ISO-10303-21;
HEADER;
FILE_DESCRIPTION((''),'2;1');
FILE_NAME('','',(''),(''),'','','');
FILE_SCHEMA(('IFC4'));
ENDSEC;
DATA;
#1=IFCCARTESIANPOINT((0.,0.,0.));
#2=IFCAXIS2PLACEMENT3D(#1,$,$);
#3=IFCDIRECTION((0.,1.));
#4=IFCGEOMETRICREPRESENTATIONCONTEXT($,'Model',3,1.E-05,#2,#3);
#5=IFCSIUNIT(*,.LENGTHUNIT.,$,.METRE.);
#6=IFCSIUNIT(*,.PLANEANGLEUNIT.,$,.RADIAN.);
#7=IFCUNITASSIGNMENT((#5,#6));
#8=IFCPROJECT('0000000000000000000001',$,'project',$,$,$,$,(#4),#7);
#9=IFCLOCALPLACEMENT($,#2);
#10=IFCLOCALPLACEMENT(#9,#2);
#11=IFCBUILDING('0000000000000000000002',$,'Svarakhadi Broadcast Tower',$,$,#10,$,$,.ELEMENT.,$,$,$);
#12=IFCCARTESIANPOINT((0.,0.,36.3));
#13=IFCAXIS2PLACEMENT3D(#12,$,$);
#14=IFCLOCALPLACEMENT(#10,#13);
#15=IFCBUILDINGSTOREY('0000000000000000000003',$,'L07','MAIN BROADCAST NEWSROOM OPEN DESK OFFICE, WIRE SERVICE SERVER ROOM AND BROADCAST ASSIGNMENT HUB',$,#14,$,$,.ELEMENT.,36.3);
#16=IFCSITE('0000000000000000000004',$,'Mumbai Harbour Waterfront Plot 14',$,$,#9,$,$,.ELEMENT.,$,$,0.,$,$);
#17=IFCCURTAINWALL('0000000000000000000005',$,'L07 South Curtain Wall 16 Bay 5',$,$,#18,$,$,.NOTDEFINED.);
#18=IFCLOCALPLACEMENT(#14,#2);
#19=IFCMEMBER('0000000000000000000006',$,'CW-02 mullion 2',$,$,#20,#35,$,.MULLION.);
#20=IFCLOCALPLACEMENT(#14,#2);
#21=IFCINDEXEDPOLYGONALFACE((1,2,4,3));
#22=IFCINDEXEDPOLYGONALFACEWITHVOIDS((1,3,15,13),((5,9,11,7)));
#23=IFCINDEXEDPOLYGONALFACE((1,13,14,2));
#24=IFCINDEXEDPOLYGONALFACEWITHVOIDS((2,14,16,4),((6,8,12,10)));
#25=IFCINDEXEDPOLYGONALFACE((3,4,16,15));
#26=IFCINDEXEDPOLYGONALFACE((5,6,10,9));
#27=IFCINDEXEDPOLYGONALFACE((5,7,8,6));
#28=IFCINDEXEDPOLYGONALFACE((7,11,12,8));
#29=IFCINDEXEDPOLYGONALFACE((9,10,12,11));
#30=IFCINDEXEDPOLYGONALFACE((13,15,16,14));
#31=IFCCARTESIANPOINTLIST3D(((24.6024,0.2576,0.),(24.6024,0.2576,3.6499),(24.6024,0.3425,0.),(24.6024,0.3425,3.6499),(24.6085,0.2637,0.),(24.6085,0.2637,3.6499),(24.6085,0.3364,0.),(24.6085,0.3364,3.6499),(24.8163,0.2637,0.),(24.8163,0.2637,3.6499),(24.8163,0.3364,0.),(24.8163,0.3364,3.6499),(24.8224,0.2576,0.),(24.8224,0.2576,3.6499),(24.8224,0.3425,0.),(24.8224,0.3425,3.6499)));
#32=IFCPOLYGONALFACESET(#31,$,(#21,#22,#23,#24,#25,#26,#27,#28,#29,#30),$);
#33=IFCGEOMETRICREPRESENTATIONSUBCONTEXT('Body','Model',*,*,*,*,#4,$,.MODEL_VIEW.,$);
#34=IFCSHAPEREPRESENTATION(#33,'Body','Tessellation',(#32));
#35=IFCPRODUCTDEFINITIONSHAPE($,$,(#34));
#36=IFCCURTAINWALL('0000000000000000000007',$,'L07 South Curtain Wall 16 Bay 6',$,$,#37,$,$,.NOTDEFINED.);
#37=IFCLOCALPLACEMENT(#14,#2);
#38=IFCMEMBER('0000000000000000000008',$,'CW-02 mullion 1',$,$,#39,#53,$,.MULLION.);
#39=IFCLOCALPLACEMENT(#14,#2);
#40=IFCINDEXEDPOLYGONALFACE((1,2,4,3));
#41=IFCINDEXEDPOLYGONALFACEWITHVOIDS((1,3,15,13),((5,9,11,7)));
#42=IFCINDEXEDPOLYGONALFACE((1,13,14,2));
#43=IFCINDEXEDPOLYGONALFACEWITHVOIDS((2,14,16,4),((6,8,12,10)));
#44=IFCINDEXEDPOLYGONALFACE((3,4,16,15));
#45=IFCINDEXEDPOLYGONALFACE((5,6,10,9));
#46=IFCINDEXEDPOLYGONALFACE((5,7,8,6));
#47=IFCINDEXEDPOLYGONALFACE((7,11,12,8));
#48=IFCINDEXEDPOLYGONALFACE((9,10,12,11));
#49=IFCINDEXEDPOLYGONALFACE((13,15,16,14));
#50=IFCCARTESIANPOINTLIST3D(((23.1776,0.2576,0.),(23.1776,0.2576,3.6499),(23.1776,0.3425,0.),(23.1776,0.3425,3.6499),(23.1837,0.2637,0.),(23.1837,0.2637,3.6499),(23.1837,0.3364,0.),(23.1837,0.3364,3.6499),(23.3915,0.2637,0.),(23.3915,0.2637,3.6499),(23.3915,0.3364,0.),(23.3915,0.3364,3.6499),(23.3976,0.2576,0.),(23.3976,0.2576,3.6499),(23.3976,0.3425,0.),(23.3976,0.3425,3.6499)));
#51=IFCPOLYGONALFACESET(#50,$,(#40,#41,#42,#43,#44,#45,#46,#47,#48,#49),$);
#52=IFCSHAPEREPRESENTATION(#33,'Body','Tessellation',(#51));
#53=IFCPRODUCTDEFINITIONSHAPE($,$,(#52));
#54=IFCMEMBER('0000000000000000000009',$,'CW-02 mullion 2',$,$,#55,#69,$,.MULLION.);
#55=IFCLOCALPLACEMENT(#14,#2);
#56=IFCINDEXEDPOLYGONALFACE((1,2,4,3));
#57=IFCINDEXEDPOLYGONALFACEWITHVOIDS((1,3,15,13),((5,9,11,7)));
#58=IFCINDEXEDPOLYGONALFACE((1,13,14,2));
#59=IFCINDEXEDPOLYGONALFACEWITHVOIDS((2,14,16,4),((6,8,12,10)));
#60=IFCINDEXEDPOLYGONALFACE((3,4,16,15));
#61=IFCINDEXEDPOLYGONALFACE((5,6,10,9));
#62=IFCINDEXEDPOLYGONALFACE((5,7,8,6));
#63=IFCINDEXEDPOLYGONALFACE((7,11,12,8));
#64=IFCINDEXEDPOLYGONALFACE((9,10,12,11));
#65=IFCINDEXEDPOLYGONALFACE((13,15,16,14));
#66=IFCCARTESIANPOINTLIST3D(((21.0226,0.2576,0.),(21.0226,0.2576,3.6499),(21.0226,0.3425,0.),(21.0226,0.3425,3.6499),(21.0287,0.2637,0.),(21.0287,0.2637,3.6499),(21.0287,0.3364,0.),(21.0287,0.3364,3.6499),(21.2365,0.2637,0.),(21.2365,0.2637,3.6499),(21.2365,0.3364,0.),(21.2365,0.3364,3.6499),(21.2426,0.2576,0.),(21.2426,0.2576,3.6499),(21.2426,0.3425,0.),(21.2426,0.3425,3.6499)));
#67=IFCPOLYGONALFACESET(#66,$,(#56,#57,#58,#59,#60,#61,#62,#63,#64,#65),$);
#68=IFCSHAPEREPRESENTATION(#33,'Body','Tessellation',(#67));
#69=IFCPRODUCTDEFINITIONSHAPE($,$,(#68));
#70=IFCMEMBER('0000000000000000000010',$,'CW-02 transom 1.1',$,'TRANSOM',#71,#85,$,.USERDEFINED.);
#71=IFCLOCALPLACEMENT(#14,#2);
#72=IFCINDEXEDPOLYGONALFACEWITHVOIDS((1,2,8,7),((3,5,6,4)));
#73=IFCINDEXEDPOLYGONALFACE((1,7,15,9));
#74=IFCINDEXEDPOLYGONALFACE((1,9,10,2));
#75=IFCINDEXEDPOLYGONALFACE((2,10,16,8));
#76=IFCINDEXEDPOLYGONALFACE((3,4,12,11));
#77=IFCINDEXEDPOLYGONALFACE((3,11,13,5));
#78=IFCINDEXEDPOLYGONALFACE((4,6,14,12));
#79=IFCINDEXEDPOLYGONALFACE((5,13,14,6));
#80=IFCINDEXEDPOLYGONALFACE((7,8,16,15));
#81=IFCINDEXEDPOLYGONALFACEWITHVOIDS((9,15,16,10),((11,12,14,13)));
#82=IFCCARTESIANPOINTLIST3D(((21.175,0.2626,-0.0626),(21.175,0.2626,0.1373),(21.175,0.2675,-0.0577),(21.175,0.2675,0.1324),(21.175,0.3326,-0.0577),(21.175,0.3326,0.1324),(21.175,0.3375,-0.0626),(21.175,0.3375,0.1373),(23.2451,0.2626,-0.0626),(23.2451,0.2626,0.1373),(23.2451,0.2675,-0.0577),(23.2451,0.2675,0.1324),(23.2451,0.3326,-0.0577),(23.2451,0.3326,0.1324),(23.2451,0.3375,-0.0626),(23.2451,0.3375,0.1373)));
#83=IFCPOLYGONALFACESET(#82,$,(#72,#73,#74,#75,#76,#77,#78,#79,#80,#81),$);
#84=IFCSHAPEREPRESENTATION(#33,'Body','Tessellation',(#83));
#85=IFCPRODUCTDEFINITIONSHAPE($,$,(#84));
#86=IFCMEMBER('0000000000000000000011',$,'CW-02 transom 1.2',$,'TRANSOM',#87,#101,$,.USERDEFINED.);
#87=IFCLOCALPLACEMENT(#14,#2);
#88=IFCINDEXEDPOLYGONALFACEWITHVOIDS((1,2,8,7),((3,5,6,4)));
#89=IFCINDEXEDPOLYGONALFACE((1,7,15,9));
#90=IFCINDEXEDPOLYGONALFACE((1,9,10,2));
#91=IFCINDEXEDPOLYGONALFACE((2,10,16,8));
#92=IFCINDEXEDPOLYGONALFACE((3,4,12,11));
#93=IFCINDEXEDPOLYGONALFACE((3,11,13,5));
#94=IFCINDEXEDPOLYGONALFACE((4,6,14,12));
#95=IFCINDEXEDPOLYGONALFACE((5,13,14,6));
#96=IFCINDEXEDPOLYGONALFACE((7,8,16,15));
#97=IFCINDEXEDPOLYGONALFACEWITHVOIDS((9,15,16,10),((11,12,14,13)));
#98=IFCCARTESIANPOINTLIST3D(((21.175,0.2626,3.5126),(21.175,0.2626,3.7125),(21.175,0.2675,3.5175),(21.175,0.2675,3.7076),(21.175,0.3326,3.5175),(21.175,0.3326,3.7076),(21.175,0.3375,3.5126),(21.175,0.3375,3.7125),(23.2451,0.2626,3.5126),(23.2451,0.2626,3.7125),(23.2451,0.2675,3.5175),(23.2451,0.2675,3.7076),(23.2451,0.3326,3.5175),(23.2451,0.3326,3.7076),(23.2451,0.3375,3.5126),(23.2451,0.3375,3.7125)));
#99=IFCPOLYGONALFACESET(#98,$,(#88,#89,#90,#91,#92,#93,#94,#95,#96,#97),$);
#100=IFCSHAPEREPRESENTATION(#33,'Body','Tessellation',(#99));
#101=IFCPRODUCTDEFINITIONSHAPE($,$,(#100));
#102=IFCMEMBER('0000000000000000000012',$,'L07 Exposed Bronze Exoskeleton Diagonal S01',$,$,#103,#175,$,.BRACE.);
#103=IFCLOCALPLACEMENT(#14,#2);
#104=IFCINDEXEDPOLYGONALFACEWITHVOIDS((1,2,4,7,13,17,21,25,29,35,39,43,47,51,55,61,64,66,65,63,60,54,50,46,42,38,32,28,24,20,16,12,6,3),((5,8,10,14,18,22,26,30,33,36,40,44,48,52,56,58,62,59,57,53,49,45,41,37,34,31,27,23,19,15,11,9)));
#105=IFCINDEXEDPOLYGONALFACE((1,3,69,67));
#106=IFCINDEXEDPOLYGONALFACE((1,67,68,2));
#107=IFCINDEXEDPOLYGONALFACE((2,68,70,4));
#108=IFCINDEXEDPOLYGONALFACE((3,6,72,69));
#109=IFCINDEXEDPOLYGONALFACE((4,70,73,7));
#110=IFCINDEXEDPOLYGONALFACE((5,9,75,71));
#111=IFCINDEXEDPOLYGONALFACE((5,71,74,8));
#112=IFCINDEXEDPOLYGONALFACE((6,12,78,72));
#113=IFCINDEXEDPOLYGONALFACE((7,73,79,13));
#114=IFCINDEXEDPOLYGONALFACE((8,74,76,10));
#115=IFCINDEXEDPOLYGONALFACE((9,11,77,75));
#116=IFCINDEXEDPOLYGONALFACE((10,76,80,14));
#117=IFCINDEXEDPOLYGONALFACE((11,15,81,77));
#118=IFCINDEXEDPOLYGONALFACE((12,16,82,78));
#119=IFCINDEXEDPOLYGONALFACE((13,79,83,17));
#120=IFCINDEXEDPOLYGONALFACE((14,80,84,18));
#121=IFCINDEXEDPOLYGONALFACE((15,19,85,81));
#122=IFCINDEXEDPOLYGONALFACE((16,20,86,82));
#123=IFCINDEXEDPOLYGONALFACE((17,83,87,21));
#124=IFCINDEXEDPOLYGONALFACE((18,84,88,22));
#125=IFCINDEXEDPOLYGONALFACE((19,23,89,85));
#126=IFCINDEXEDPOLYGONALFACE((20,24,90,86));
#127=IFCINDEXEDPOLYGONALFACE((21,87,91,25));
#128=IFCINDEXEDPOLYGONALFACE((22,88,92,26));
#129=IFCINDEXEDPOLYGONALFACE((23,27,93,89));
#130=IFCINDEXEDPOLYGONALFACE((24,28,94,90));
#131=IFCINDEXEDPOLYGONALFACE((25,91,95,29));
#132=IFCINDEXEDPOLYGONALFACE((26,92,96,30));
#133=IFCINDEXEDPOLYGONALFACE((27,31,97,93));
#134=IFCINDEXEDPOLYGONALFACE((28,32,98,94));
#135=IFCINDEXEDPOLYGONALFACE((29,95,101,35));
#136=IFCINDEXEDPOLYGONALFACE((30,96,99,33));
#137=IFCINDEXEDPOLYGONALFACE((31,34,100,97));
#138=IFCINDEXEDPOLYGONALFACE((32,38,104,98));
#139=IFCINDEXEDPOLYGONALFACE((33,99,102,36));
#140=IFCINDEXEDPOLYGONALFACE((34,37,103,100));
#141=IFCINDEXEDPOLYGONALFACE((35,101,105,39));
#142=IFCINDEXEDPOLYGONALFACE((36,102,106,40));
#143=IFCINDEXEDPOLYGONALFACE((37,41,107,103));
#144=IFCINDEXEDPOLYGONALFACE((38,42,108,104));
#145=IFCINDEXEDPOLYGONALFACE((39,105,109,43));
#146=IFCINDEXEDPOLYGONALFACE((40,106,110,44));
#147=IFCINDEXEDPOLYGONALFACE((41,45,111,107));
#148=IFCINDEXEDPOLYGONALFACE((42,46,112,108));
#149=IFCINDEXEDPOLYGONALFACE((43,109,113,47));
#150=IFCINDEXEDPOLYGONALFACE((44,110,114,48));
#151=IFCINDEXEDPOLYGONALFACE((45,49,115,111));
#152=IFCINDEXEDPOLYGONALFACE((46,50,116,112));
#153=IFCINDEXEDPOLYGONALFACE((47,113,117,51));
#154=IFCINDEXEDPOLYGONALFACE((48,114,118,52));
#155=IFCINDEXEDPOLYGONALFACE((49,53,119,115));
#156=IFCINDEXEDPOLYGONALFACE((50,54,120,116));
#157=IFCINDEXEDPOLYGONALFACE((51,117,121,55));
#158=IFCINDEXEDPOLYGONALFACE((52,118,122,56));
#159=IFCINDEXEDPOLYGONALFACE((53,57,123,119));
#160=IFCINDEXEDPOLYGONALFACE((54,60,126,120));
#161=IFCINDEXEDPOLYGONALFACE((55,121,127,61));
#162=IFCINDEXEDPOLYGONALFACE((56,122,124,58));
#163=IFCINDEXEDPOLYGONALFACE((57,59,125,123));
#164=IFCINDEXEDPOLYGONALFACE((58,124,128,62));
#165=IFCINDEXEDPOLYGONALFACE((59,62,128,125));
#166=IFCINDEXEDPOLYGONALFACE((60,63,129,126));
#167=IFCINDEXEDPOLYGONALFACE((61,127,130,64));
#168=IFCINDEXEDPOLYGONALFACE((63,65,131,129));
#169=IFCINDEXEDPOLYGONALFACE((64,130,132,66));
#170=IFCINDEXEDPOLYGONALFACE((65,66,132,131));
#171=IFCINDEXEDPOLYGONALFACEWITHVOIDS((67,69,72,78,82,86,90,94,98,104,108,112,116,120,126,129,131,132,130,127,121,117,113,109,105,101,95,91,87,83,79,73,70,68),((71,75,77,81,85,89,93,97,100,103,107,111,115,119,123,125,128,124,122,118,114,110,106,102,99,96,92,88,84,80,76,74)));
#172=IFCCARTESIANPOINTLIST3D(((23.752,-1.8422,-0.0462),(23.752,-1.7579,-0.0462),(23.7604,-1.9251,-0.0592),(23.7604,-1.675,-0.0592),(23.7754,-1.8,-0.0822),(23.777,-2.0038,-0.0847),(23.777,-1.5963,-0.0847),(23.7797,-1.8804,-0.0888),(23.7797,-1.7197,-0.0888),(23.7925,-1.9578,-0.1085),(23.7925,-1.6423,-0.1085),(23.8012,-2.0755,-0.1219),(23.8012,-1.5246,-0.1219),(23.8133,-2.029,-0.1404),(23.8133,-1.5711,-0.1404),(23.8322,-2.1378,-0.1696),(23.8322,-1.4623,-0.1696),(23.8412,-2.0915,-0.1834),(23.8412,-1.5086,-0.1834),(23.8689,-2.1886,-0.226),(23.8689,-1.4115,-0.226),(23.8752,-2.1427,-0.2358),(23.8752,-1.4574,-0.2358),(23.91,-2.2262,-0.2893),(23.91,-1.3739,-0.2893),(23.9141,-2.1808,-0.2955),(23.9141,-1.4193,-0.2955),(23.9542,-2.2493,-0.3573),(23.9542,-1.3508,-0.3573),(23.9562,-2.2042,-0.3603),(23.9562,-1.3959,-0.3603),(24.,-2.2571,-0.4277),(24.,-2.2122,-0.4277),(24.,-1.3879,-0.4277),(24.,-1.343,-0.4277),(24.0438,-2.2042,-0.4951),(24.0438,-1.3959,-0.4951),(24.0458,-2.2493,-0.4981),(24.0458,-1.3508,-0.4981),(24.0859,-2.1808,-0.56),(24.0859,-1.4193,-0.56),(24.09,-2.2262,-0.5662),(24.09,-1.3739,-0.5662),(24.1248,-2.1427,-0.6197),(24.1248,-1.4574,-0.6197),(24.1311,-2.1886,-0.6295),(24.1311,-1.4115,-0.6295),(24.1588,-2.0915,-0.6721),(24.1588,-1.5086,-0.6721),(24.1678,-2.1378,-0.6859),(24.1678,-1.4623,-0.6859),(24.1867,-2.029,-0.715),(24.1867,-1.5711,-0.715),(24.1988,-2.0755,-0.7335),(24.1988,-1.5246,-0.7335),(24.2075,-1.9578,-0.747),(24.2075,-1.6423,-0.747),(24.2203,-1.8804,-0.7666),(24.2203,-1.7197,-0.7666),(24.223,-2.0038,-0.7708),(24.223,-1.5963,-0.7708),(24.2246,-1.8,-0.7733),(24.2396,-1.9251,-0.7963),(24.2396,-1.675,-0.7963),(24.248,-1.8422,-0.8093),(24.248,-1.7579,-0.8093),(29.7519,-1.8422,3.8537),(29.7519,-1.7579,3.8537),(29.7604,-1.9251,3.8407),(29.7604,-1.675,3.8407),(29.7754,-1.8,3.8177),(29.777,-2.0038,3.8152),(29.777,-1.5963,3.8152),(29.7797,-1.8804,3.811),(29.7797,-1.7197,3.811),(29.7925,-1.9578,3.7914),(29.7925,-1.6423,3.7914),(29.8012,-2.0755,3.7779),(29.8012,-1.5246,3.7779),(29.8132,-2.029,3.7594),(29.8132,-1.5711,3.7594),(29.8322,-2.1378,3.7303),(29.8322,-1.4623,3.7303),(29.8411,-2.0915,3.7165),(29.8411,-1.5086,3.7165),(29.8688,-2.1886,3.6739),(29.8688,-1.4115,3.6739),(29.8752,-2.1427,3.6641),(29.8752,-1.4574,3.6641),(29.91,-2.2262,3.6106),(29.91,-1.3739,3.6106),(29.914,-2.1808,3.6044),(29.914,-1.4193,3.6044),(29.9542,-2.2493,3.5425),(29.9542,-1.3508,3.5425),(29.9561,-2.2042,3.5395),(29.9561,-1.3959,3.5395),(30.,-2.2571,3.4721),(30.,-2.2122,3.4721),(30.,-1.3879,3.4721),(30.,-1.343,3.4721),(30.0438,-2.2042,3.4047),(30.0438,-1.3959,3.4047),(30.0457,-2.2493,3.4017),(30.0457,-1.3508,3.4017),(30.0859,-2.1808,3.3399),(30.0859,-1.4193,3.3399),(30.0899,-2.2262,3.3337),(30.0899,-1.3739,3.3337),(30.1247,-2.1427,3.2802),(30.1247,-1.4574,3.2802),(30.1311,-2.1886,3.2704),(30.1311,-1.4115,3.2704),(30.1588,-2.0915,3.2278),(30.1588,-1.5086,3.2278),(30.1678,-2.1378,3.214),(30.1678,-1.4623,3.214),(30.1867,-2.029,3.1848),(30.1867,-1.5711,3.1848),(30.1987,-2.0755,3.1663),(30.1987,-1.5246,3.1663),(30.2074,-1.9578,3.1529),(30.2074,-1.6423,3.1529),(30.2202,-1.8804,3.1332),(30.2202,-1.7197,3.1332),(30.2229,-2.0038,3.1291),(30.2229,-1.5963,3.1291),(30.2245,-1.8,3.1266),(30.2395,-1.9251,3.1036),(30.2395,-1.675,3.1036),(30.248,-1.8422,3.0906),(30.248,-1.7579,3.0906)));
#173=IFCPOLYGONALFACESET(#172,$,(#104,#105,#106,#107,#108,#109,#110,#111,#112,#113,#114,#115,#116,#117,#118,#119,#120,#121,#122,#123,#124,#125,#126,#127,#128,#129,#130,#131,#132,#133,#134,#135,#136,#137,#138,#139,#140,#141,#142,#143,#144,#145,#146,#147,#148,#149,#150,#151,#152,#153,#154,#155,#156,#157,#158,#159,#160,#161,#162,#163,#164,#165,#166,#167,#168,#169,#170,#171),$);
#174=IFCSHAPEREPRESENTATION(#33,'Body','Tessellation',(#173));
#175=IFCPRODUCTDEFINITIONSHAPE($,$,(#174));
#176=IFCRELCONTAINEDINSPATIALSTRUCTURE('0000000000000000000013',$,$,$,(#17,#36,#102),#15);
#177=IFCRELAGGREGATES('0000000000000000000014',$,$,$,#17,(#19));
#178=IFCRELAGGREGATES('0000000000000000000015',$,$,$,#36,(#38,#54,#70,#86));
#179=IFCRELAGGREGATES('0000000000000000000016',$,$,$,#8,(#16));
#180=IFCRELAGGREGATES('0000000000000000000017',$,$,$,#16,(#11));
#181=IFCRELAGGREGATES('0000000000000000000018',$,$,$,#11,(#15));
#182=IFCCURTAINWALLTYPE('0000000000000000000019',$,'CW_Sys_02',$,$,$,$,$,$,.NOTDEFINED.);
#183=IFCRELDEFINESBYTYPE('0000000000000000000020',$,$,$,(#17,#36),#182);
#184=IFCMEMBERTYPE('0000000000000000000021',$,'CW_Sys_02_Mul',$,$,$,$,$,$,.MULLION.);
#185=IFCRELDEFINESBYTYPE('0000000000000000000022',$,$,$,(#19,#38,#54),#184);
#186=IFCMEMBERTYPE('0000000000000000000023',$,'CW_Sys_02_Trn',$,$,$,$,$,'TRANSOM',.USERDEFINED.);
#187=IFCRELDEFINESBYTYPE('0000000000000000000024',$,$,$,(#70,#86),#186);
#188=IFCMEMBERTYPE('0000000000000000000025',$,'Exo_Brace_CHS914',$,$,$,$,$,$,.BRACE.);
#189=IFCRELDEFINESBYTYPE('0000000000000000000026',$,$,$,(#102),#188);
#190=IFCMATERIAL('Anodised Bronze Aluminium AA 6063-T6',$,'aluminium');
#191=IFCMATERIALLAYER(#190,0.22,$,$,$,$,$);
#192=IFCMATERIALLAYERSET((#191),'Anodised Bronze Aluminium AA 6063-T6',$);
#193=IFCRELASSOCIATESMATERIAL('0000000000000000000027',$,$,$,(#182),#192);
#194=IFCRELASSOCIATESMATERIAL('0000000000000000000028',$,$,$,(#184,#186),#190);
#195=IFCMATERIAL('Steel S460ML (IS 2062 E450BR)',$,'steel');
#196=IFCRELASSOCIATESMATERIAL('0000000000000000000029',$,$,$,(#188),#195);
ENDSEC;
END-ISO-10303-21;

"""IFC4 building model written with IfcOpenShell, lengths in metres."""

from ifc_helpers import new_model, si_unit, direction, frame, origin, origin_2d, place, context, subcontext, project, spatial, hollow_rectangle, hollow_circle, extrude, material, layer, layer_set, material_profile, profile_set, type_object, element, aggregate, save


model = new_model("IFC4")

# Units and contexts
model_context = context("Model", 3, precision=1e-05, world=origin(), true_north=direction((0.0, 1.0)))
body_context = subcontext(model_context, "Body", "Model", "MODEL_VIEW")
ifc_project = project(units=[si_unit("LENGTHUNIT", "METRE"), si_unit("PLANEANGLEUNIT", "RADIAN")], contexts=[model_context])

# Site, building, storey
site_placement = place(None, origin())
site = spatial("IfcSite", under=ifc_project, at=site_placement, Name="Mumbai Harbour Waterfront Plot 14", CompositionType="ELEMENT", RefElevation=0.0)
building_placement = place(site_placement, origin())
building = spatial("IfcBuilding", under=site, at=building_placement, Name="Svarakhadi Broadcast Tower", CompositionType="ELEMENT")
storey_placement = place(building_placement, frame((0.0, 0.0, 36.3)))
storey = spatial("IfcBuildingStorey", under=building, at=storey_placement, Name="L07", Description="MAIN BROADCAST NEWSROOM OPEN DESK OFFICE, WIRE SERVICE SERVER ROOM AND BROADCAST ASSIGNMENT HUB", CompositionType="ELEMENT", Elevation=36.3)

# Curtain wall, member
ifc_material_1 = material(Name="Anodised Bronze Aluminium AA 6063-T6", Category="aluminium")
ifc_layer_1 = layer(ifc_material_1, 0.22)
ifc_layer_set_1 = layer_set([ifc_layer_1], Name="Anodised Bronze Aluminium AA 6063-T6")
curtain_wall_type = type_object("IfcCurtainWallType", Name="CW_Sys_02", PredefinedType="NOTDEFINED", material=ifc_layer_set_1)
curtain_wall_1_placement = place(storey_placement, origin())
curtain_wall_1 = element("IfcCurtainWall", 1, at=curtain_wall_1_placement, inside=storey, type_object=curtain_wall_type, Name="L07 South Curtain Wall 16 Bay 5", PredefinedType="NOTDEFINED")
ifc_material_profile_1 = material_profile(ifc_material_1, hollow_rectangle(XDim=0.085, YDim=0.22, WallThickness=0.0061, at=origin_2d()), Name="ALU MULLION 220x85x6")
ifc_profile_set_1 = profile_set([ifc_material_profile_1], Name="Anodised Bronze Aluminium AA 6063-T6")
member_type_1 = type_object("IfcMemberType", Name="CW_Sys_02_Mul", PredefinedType="MULLION", material=ifc_profile_set_1)
member_1_placement = place(storey_placement, frame((24.7124, 0.3, 0.0), z_axis=(0.0, 0.0, 1.0), x_axis=(0.0, -1.0, 0.0)))
member_1 = element("IfcMember", 2, at=member_1_placement, type_object=member_type_1, Name="CW-02 mullion 2", PredefinedType="MULLION", context=body_context, shape_type="SweptSolid", body=[
    extrude(hollow_rectangle(XDim=0.085, YDim=0.22, WallThickness=0.0061, at=origin_2d()), origin(), (0.0, 0.0, 1.0), 3.6499),
])

# Curtain wall, members
curtain_wall_2_placement = place(storey_placement, origin())
curtain_wall_2 = element("IfcCurtainWall", 3, at=curtain_wall_2_placement, inside=storey, type_object=curtain_wall_type, Name="L07 South Curtain Wall 16 Bay 6", PredefinedType="NOTDEFINED")
member_2_placement = place(storey_placement, frame((23.2876, 0.3, 0.0), z_axis=(0.0, 0.0, 1.0), x_axis=(0.0, -1.0, 0.0)))
member_2 = element("IfcMember", 4, at=member_2_placement, type_object=member_type_1, Name="CW-02 mullion 1", PredefinedType="MULLION", context=body_context, shape_type="SweptSolid", body=[
    extrude(hollow_rectangle(XDim=0.085, YDim=0.22, WallThickness=0.0061, at=origin_2d()), origin(), (0.0, 0.0, 1.0), 3.6499),
])
member_3_placement = place(storey_placement, frame((21.1326, 0.3, 0.0), z_axis=(0.0, 0.0, 1.0), x_axis=(0.0, -1.0, 0.0)))
member_3 = element("IfcMember", 5, at=member_3_placement, type_object=member_type_1, Name="CW-02 mullion 2", PredefinedType="MULLION", context=body_context, shape_type="SweptSolid", body=[
    extrude(hollow_rectangle(XDim=0.085, YDim=0.22, WallThickness=0.0061, at=origin_2d()), origin(), (0.0, 0.0, 1.0), 3.6499),
])
ifc_material_profile_2 = material_profile(ifc_material_1, hollow_rectangle(XDim=0.075, YDim=0.2, WallThickness=0.0049, at=origin_2d()), Name="ALU TRANSOM 200x75x5")
ifc_profile_set_2 = profile_set([ifc_material_profile_2], Name="Anodised Bronze Aluminium AA 6063-T6")
member_type_2 = type_object("IfcMemberType", Name="CW_Sys_02_Trn", ElementType="TRANSOM", PredefinedType="USERDEFINED", material=ifc_profile_set_2)
member_4_placement = place(storey_placement, frame((23.2451, 0.3, 0.0374), z_axis=(-1.0, 0.0, 0.0), x_axis=(0.0, -1.0, 0.0)))
member_4 = element("IfcMember", 6, at=member_4_placement, type_object=member_type_2, Name="CW-02 transom 1.1", ObjectType="TRANSOM", PredefinedType="USERDEFINED", context=body_context, shape_type="SweptSolid", body=[
    extrude(hollow_rectangle(XDim=0.075, YDim=0.2, WallThickness=0.0049, at=origin_2d()), origin(), (0.0, 0.0, 1.0), 2.0701),
])
member_5_placement = place(storey_placement, frame((23.2451, 0.3, 3.6125), z_axis=(-1.0, 0.0, 0.0), x_axis=(0.0, -1.0, 0.0)))
member_5 = element("IfcMember", 7, at=member_5_placement, type_object=member_type_2, Name="CW-02 transom 1.2", ObjectType="TRANSOM", PredefinedType="USERDEFINED", context=body_context, shape_type="SweptSolid", body=[
    extrude(hollow_rectangle(XDim=0.075, YDim=0.2, WallThickness=0.0049, at=origin_2d()), origin(), (0.0, 0.0, 1.0), 2.0701),
])

# Member
ifc_material_2 = material(Name="Steel S460ML (IS 2062 E450BR)", Category="steel")
ifc_material_profile_3 = material_profile(ifc_material_2, hollow_circle(Radius=0.457, WallThickness=0.0449, at=origin_2d()), Name="CHS 914x45")
ifc_profile_set_3 = profile_set([ifc_material_profile_3], Name="Steel S460ML (IS 2062 E450BR)")
member_type_3 = type_object("IfcMemberType", Name="Exo_Brace_CHS914", PredefinedType="BRACE", material=ifc_profile_set_3)
member_6_placement = place(storey_placement, frame((24.0, -1.8, -0.4277), z_axis=(0.83845, 0.0, 0.544979), x_axis=(0.0, 1.0, 0.0)))
element("IfcMember", 8, at=member_6_placement, inside=storey, type_object=member_type_3, Name="L07 Exposed Bronze Exoskeleton Diagonal S01", PredefinedType="BRACE", context=body_context, shape_type="SweptSolid", body=[
    extrude(hollow_circle(Radius=0.457, WallThickness=0.0449, at=origin_2d()), origin(), (0.0, 0.0, 1.0), 7.156),
])

aggregate(curtain_wall_1, [member_1])
aggregate(curtain_wall_2, [member_2, member_3, member_4, member_5])

save(model, "model.ifc")
